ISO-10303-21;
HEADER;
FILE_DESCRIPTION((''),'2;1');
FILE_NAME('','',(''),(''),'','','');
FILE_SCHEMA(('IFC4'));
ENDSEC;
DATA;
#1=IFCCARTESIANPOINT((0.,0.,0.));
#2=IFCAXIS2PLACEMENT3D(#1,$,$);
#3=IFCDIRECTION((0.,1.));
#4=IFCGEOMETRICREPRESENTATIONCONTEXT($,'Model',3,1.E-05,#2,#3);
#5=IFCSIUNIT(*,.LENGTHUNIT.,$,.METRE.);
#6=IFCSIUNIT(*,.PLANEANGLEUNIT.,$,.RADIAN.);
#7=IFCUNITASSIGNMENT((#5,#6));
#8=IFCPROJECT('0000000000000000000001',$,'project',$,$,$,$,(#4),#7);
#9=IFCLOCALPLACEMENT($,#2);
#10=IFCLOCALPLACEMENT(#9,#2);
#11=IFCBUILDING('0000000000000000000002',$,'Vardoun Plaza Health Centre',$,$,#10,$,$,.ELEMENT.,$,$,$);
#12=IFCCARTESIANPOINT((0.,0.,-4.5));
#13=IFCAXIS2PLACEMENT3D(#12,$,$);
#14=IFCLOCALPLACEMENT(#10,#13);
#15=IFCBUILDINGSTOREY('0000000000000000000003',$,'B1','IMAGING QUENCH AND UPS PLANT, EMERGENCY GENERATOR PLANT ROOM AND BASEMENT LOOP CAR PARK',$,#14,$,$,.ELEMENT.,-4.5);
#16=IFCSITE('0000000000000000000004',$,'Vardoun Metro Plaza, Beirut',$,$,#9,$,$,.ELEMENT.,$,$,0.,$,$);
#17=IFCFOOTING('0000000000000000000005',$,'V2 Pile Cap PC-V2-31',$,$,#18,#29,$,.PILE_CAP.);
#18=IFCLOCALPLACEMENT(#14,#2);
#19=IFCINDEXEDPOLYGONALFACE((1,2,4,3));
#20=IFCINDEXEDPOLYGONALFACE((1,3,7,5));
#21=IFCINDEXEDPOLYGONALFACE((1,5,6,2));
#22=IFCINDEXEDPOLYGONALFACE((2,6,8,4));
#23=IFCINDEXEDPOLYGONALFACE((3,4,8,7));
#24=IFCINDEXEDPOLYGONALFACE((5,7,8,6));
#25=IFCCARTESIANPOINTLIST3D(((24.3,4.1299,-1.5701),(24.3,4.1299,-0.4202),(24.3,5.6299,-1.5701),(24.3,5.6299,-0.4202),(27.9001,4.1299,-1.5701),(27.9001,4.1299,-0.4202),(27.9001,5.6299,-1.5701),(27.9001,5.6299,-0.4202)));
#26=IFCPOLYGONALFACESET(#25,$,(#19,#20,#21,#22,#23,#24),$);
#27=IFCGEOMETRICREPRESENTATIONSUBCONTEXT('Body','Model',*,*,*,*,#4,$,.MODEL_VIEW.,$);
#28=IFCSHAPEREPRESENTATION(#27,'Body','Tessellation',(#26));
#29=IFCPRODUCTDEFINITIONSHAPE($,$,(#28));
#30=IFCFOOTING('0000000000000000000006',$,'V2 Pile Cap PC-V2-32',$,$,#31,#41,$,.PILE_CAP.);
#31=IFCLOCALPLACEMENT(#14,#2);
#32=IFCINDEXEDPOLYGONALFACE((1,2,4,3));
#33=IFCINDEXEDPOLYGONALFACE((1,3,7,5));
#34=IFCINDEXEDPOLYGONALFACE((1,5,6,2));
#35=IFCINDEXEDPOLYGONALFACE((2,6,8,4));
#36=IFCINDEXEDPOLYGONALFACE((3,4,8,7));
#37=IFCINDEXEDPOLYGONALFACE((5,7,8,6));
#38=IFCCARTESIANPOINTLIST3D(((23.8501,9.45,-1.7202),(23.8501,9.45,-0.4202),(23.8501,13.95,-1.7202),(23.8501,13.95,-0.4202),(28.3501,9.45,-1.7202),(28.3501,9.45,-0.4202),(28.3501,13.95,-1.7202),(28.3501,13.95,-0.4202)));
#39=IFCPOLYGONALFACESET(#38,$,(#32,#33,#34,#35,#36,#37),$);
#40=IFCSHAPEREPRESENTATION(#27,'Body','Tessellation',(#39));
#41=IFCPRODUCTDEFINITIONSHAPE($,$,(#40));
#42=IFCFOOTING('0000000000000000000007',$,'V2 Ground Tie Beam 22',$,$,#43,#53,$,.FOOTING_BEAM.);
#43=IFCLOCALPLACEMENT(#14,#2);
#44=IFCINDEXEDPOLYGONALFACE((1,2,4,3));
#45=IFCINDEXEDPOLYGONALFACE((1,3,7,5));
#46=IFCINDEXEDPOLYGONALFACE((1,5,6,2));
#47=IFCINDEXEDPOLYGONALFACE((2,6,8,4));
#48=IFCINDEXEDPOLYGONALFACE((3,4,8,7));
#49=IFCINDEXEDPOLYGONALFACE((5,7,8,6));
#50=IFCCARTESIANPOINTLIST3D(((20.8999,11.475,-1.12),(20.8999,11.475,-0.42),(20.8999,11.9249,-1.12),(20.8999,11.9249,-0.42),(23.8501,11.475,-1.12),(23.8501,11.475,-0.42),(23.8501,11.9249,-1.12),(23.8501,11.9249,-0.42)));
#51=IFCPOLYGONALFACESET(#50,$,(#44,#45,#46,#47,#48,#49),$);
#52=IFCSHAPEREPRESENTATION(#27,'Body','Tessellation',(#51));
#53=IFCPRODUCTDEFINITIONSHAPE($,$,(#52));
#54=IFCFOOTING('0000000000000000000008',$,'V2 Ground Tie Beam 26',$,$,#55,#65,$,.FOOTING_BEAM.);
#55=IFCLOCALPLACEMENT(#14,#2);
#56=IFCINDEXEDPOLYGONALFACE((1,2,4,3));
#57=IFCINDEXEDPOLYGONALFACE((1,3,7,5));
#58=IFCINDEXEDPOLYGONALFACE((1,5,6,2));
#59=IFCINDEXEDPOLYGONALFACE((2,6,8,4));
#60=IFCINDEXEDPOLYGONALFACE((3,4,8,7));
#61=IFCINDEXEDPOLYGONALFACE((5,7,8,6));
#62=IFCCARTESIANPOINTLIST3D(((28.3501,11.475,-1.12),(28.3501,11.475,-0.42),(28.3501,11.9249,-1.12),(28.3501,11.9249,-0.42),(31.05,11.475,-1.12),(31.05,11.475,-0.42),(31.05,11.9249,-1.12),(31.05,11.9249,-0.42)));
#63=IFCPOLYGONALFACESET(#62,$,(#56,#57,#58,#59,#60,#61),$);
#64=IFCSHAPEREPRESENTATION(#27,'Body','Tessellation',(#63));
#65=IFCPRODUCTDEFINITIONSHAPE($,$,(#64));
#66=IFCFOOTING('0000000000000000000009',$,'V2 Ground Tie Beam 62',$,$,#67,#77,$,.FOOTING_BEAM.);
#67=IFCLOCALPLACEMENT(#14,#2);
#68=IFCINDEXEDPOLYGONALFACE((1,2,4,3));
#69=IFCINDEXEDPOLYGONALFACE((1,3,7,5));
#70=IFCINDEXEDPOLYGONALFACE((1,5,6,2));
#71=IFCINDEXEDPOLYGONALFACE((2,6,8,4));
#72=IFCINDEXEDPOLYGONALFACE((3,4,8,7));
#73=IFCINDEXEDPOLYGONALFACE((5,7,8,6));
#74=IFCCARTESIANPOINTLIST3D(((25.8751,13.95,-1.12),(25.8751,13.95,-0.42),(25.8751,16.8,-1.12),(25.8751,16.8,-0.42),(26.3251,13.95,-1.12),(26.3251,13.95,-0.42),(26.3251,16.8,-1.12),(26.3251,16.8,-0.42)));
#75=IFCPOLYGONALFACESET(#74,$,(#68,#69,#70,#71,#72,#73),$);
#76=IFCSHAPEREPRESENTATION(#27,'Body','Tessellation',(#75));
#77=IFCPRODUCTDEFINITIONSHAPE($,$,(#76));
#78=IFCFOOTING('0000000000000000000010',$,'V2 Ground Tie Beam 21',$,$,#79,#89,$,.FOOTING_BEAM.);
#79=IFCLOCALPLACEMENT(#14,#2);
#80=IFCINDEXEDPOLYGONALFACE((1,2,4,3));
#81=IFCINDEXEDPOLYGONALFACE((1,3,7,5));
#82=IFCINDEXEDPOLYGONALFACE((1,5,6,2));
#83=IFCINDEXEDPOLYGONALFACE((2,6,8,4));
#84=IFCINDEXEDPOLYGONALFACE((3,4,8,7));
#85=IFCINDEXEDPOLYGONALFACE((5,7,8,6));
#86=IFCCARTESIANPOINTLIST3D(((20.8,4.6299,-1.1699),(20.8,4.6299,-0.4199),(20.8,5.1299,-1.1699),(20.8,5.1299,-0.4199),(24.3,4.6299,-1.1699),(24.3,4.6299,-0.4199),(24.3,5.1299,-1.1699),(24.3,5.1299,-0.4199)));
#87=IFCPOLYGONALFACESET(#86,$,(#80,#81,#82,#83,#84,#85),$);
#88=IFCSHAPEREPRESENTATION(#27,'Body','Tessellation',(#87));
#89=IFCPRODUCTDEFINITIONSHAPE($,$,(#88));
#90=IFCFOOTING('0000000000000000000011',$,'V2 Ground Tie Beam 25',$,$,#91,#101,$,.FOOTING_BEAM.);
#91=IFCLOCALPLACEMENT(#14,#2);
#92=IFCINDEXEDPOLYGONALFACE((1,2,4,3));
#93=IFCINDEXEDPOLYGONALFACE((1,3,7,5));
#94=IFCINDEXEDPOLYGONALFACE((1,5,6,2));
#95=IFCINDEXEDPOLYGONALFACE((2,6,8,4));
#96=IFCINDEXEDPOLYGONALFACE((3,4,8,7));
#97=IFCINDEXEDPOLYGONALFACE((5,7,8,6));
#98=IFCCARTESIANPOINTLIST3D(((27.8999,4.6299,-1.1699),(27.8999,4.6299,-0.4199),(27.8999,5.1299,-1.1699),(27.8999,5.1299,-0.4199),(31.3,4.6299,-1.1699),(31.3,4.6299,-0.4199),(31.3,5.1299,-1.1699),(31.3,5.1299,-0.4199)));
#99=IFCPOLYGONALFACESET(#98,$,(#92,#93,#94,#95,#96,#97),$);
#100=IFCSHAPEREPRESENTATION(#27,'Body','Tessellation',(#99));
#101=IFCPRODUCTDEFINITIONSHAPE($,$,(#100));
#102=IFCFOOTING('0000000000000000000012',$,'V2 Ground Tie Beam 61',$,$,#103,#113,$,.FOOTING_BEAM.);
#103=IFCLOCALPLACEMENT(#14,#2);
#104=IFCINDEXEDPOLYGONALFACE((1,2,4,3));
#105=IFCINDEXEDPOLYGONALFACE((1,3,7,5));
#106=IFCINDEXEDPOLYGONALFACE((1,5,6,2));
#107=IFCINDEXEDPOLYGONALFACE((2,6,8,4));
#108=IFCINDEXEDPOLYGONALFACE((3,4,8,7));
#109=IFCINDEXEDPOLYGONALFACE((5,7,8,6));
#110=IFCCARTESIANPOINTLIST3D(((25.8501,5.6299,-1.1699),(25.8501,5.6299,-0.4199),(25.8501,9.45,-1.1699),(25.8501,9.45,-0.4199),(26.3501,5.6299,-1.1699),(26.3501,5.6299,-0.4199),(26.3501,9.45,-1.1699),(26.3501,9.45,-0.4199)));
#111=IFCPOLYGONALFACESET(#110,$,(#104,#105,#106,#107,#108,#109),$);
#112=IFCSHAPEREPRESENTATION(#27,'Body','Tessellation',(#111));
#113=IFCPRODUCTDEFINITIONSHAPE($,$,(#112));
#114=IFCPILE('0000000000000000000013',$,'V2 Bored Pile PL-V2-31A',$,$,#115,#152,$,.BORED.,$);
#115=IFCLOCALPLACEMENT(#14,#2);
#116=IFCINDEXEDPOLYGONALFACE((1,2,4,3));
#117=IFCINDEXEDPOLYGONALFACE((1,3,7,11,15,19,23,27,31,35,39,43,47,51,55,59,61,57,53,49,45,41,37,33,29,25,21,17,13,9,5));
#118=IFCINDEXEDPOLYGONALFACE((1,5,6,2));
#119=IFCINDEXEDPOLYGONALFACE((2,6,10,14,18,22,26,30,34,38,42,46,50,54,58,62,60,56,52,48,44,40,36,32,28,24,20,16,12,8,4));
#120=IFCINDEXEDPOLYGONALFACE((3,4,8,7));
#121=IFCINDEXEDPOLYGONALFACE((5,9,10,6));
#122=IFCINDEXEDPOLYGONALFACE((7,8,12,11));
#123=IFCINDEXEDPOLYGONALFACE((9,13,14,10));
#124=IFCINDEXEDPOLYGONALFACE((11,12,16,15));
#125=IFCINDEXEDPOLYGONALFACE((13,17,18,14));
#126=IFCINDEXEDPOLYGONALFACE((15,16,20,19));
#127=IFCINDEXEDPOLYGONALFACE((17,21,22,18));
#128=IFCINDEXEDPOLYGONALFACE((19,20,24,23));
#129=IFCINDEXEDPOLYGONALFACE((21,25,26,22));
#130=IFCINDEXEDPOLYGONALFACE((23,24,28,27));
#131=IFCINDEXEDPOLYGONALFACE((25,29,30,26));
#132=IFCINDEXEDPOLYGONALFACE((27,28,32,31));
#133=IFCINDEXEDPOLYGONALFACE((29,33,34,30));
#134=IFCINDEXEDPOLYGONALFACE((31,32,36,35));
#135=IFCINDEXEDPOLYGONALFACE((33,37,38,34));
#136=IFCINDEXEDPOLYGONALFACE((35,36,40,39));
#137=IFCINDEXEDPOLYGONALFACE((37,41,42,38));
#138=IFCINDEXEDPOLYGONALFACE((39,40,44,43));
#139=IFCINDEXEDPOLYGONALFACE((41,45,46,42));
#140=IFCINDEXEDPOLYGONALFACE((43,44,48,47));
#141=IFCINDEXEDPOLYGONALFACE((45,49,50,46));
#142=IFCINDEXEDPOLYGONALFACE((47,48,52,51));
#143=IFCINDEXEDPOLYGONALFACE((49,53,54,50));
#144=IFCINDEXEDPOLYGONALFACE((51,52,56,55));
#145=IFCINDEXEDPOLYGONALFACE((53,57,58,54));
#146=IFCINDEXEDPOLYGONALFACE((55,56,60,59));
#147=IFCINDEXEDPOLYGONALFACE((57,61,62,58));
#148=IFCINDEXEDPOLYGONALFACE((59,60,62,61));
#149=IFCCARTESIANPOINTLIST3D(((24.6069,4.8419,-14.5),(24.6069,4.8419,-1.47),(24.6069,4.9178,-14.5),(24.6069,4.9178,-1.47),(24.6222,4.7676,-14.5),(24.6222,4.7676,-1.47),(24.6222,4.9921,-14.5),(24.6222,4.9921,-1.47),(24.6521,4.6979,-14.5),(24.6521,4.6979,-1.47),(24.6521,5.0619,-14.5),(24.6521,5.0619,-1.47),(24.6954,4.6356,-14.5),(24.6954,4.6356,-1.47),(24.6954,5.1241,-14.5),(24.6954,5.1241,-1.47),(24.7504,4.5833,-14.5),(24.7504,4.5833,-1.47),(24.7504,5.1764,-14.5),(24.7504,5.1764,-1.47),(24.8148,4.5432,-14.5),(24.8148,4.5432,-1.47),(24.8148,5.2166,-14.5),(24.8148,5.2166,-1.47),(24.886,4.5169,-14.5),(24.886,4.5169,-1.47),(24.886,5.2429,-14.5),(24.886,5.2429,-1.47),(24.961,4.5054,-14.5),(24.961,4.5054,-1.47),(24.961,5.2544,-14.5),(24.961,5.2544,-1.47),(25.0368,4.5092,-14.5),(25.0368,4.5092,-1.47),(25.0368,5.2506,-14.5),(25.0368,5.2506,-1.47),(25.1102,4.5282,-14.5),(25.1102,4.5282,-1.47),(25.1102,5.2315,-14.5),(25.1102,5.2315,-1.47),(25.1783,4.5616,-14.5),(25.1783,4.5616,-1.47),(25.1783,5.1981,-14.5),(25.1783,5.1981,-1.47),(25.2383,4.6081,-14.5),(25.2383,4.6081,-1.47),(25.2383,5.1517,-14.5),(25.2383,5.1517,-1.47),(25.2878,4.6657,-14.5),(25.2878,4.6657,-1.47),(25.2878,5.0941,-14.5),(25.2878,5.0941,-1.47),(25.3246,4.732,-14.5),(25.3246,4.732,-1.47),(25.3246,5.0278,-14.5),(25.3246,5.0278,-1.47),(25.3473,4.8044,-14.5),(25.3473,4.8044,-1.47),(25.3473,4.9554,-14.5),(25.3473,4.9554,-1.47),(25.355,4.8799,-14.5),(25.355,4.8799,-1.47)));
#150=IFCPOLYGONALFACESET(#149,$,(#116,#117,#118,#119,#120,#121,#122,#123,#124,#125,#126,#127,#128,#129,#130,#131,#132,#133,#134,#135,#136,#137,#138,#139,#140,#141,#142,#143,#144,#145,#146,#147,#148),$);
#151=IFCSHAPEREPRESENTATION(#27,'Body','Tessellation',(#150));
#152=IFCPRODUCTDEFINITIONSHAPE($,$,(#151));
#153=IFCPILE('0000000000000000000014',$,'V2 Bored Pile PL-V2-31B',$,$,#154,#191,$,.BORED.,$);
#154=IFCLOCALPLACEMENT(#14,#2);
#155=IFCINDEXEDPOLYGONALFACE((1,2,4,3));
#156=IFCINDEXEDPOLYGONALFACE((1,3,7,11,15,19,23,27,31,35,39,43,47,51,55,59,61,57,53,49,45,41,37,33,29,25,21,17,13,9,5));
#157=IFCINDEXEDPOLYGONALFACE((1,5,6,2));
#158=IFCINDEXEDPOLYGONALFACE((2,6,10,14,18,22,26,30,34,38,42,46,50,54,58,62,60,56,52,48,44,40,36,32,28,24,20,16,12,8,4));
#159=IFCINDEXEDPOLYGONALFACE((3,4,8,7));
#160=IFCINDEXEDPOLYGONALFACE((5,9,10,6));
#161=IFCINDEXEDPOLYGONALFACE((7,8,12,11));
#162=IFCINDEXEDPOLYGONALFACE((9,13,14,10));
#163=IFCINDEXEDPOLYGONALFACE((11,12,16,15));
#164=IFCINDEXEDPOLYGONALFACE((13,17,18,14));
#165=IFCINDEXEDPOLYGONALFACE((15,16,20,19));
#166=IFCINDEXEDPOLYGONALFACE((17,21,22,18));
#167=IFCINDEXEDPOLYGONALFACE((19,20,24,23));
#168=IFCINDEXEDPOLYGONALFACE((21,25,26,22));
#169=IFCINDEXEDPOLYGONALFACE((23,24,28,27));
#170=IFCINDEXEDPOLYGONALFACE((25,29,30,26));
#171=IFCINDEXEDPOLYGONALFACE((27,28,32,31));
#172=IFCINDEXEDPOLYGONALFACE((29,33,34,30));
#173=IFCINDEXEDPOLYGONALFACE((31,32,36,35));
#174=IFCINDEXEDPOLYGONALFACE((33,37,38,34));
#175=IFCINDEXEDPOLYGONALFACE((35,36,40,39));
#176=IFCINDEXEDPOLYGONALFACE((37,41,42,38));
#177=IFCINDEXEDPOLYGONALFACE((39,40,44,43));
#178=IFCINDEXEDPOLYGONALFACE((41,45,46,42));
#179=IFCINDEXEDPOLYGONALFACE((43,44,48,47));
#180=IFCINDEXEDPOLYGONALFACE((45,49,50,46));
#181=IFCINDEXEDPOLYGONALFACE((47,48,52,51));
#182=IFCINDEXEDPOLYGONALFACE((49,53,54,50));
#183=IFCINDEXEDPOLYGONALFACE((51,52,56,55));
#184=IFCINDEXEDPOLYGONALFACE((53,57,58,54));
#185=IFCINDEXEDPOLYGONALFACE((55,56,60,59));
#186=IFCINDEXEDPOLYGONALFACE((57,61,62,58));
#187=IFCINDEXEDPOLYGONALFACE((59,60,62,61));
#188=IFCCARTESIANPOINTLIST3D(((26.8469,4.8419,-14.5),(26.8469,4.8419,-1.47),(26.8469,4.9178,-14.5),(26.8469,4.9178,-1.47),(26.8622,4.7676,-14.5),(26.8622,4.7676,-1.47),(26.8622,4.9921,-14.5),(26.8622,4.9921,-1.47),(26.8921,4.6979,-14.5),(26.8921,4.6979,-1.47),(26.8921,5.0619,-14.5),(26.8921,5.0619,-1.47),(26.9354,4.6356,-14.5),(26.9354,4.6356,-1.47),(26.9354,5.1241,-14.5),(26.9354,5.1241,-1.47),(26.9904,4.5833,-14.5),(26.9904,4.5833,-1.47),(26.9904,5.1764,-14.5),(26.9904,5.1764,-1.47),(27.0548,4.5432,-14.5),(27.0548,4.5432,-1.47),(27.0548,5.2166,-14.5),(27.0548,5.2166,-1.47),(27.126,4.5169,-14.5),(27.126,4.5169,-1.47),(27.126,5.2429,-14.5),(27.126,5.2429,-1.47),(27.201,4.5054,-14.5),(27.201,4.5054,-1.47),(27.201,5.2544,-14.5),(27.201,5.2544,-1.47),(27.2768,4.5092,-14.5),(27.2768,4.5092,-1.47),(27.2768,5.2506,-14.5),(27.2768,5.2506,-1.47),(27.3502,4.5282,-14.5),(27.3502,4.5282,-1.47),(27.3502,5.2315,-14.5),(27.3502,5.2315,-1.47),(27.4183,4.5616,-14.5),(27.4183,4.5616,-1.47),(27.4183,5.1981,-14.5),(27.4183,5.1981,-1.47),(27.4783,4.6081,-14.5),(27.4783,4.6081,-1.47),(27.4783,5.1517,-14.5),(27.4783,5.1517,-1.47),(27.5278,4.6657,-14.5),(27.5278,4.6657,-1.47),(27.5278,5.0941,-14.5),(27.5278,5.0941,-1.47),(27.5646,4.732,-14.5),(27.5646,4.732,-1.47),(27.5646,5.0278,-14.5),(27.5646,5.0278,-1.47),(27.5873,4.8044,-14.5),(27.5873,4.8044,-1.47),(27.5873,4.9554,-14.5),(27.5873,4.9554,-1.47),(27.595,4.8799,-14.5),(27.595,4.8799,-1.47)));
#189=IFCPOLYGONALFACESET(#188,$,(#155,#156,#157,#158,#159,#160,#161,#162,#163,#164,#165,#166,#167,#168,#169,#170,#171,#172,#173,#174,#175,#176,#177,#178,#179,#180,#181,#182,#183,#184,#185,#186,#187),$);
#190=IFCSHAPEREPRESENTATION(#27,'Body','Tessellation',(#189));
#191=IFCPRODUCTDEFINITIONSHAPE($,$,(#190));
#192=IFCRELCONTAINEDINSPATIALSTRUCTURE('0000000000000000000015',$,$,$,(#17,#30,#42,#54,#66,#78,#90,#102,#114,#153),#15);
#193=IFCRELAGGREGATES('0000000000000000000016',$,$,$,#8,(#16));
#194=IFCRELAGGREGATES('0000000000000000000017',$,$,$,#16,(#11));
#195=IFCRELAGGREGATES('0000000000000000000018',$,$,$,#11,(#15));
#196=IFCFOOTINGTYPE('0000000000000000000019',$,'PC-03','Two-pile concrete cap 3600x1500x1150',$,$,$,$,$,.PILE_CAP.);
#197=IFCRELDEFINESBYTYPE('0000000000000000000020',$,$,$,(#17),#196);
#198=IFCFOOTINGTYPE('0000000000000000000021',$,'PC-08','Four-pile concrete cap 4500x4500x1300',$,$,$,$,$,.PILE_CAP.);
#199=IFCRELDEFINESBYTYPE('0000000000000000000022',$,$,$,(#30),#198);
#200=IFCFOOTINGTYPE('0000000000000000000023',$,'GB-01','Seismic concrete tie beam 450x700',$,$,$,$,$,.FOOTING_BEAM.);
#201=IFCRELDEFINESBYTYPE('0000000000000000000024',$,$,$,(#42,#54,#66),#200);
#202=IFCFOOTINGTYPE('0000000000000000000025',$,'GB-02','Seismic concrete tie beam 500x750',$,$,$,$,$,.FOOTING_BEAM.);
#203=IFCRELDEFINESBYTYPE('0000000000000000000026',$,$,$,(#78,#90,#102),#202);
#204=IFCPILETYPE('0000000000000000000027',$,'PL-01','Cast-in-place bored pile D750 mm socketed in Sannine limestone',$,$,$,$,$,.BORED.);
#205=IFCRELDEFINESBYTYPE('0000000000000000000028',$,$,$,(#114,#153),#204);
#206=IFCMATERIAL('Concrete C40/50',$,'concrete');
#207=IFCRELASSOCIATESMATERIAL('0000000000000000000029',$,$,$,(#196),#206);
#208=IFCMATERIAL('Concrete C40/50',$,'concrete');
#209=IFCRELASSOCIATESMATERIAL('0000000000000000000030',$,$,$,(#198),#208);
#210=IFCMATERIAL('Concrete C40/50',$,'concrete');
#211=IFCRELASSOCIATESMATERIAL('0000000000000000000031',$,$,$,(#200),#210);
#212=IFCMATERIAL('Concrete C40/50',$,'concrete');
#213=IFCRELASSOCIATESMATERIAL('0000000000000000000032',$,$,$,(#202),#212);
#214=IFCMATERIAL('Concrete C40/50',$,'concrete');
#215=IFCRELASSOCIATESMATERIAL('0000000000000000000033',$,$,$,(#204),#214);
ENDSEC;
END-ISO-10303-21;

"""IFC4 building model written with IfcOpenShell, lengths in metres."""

from ifc_helpers import new_model, si_unit, direction, frame, origin, origin_2d, place, context, subcontext, project, spatial, rectangle, circle, extrude, material, material_profile, profile_set, type_object, element, save


model = new_model("IFC4")

# Units and contexts
model_context = context("Model", 3, precision=1e-05, world=origin(), true_north=direction((0.0, 1.0)))
body_context = subcontext(model_context, "Body", "Model", "MODEL_VIEW")
ifc_project = project(units=[si_unit("LENGTHUNIT", "METRE"), si_unit("PLANEANGLEUNIT", "RADIAN")], contexts=[model_context])

# Site, building, storey
site_placement = place(None, origin())
site = spatial("IfcSite", under=ifc_project, at=site_placement, Name="Vardoun Metro Plaza, Beirut", CompositionType="ELEMENT", RefElevation=0.0)
building_placement = place(site_placement, origin())
building = spatial("IfcBuilding", under=site, at=building_placement, Name="Vardoun Plaza Health Centre", CompositionType="ELEMENT")
storey_placement = place(building_placement, frame((0.0, 0.0, -4.5)))
storey = spatial("IfcBuildingStorey", under=building, at=storey_placement, Name="B1", Description="IMAGING QUENCH AND UPS PLANT, EMERGENCY GENERATOR PLANT ROOM AND BASEMENT LOOP CAR PARK", CompositionType="ELEMENT", Elevation=-4.5)

# Footings
ifc_material_1 = material(Name="Concrete C40/50", Category="concrete")
footing_type_1 = type_object("IfcFootingType", Name="PC-03", Description="Two-pile concrete cap 3600x1500x1150", PredefinedType="PILE_CAP", material=ifc_material_1)
footing_1_placement = place(storey_placement, frame((26.1001, 4.8799, -1.5701), z_axis=(0.0, 0.0, 1.0), x_axis=(1.0, 0.0, 0.0)))
element("IfcFooting", 1, at=footing_1_placement, inside=storey, type_object=footing_type_1, Name="V2 Pile Cap PC-V2-31", PredefinedType="PILE_CAP", context=body_context, shape_type="SweptSolid", body=[
    extrude(rectangle(XDim=3.6001, YDim=1.5, at=origin_2d()), origin(), (0.0, 0.0, 1.0), 1.1499),
])
ifc_material_2 = material(Name="Concrete C40/50", Category="concrete")
footing_type_2 = type_object("IfcFootingType", Name="PC-08", Description="Four-pile concrete cap 4500x4500x1300", PredefinedType="PILE_CAP", material=ifc_material_2)
footing_2_placement = place(storey_placement, frame((26.1001, 11.7, -1.7202), z_axis=(0.0, 0.0, 1.0), x_axis=(1.0, 0.0, 0.0)))
element("IfcFooting", 2, at=footing_2_placement, inside=storey, type_object=footing_type_2, Name="V2 Pile Cap PC-V2-32", PredefinedType="PILE_CAP", context=body_context, shape_type="SweptSolid", body=[
    extrude(rectangle(XDim=4.5, YDim=4.5, at=origin_2d()), origin(), (0.0, 0.0, 1.0), 1.3),
])
ifc_material_3 = material(Name="Concrete C40/50", Category="concrete")
ifc_material_profile_1 = material_profile(ifc_material_3, rectangle(XDim=0.45, YDim=0.7, at=origin_2d()), Name="GB 450x700")
ifc_profile_set_1 = profile_set([ifc_material_profile_1], Name="Concrete C40/50")
footing_type_3 = type_object("IfcFootingType", Name="GB-01", Description="Seismic concrete tie beam 450x700", PredefinedType="FOOTING_BEAM", material=ifc_profile_set_1)
footing_3_placement = place(storey_placement, frame((20.8999, 11.7, -0.77), z_axis=(1.0, 0.0, 0.0), x_axis=(0.0, 1.0, 0.0)))
element("IfcFooting", 3, at=footing_3_placement, inside=storey, type_object=footing_type_3, Name="V2 Ground Tie Beam 22", PredefinedType="FOOTING_BEAM", context=body_context, shape_type="SweptSolid", body=[
    extrude(rectangle(XDim=0.45, YDim=0.7, at=origin_2d()), origin(), (0.0, 0.0, 1.0), 2.9502),
])
footing_4_placement = place(storey_placement, frame((28.3501, 11.7, -0.77), z_axis=(1.0, 0.0, 0.0), x_axis=(0.0, 1.0, 0.0)))
element("IfcFooting", 4, at=footing_4_placement, inside=storey, type_object=footing_type_3, Name="V2 Ground Tie Beam 26", PredefinedType="FOOTING_BEAM", context=body_context, shape_type="SweptSolid", body=[
    extrude(rectangle(XDim=0.45, YDim=0.7, at=origin_2d()), origin(), (0.0, 0.0, 1.0), 2.7),
])
footing_5_placement = place(storey_placement, frame((26.1001, 13.95, -0.77), z_axis=(0.0, 1.0, 0.0), x_axis=(-1.0, 0.0, 0.0)))
element("IfcFooting", 5, at=footing_5_placement, inside=storey, type_object=footing_type_3, Name="V2 Ground Tie Beam 62", PredefinedType="FOOTING_BEAM", context=body_context, shape_type="SweptSolid", body=[
    extrude(rectangle(XDim=0.45, YDim=0.7, at=origin_2d()), origin(), (0.0, 0.0, 1.0), 2.8501),
])
ifc_material_4 = material(Name="Concrete C40/50", Category="concrete")
ifc_material_profile_2 = material_profile(ifc_material_4, rectangle(XDim=0.5, YDim=0.75, at=origin_2d()), Name="GB 500x750")
ifc_profile_set_2 = profile_set([ifc_material_profile_2], Name="Concrete C40/50")
footing_type_4 = type_object("IfcFootingType", Name="GB-02", Description="Seismic concrete tie beam 500x750", PredefinedType="FOOTING_BEAM", material=ifc_profile_set_2)
footing_6_placement = place(storey_placement, frame((20.8, 4.8799, -0.7949), z_axis=(1.0, 0.0, 0.0), x_axis=(0.0, 1.0, 0.0)))
element("IfcFooting", 6, at=footing_6_placement, inside=storey, type_object=footing_type_4, Name="V2 Ground Tie Beam 21", PredefinedType="FOOTING_BEAM", context=body_context, shape_type="SweptSolid", body=[
    extrude(rectangle(XDim=0.5, YDim=0.75, at=origin_2d()), origin(), (0.0, 0.0, 1.0), 3.5),
])
footing_7_placement = place(storey_placement, frame((27.8999, 4.8799, -0.7949), z_axis=(1.0, 0.0, 0.0), x_axis=(0.0, 1.0, 0.0)))
element("IfcFooting", 7, at=footing_7_placement, inside=storey, type_object=footing_type_4, Name="V2 Ground Tie Beam 25", PredefinedType="FOOTING_BEAM", context=body_context, shape_type="SweptSolid", body=[
    extrude(rectangle(XDim=0.5, YDim=0.75, at=origin_2d()), origin(), (0.0, 0.0, 1.0), 3.4001),
])
footing_8_placement = place(storey_placement, frame((26.1001, 5.6299, -0.7949), z_axis=(0.0, 1.0, 0.0), x_axis=(-1.0, 0.0, 0.0)))
element("IfcFooting", 8, at=footing_8_placement, inside=storey, type_object=footing_type_4, Name="V2 Ground Tie Beam 61", PredefinedType="FOOTING_BEAM", context=body_context, shape_type="SweptSolid", body=[
    extrude(rectangle(XDim=0.5, YDim=0.75, at=origin_2d()), origin(), (0.0, 0.0, 1.0), 3.8201),
])

# Piles
ifc_material_5 = material(Name="Concrete C40/50", Category="concrete")
ifc_material_profile_3 = material_profile(ifc_material_5, circle(Radius=0.375, at=origin_2d()), Name="PILE D750")
ifc_profile_set_3 = profile_set([ifc_material_profile_3], Name="Concrete C40/50")
pile_type_1 = type_object("IfcPileType", Name="PL-01", Description="Cast-in-place bored pile D750 mm socketed in Sannine limestone", PredefinedType="BORED", material=ifc_profile_set_3)
for number, where, z_axis, x_axis, name in (
    (9, (24.98, 4.8799, -1.47), (0.0, 0.0, -1.0), (1.0, 0.0, 0.0), "V2 Bored Pile PL-V2-31A"),
    (10, (27.22, 4.8799, -1.47), (0.0, 0.0, -1.0), (1.0, 0.0, 0.0), "V2 Bored Pile PL-V2-31B"),
):
    element("IfcPile", number, at=place(storey_placement, frame(where, z_axis=z_axis, x_axis=x_axis)), inside=storey, type_object=pile_type_1, Name=name, PredefinedType="BORED", context=body_context, shape_type="SweptSolid", body=[
        extrude(circle(Radius=0.375, at=origin_2d()), origin(), (0.0, 0.0, 1.0), 13.03),
    ])

save(model, "model.ifc")
